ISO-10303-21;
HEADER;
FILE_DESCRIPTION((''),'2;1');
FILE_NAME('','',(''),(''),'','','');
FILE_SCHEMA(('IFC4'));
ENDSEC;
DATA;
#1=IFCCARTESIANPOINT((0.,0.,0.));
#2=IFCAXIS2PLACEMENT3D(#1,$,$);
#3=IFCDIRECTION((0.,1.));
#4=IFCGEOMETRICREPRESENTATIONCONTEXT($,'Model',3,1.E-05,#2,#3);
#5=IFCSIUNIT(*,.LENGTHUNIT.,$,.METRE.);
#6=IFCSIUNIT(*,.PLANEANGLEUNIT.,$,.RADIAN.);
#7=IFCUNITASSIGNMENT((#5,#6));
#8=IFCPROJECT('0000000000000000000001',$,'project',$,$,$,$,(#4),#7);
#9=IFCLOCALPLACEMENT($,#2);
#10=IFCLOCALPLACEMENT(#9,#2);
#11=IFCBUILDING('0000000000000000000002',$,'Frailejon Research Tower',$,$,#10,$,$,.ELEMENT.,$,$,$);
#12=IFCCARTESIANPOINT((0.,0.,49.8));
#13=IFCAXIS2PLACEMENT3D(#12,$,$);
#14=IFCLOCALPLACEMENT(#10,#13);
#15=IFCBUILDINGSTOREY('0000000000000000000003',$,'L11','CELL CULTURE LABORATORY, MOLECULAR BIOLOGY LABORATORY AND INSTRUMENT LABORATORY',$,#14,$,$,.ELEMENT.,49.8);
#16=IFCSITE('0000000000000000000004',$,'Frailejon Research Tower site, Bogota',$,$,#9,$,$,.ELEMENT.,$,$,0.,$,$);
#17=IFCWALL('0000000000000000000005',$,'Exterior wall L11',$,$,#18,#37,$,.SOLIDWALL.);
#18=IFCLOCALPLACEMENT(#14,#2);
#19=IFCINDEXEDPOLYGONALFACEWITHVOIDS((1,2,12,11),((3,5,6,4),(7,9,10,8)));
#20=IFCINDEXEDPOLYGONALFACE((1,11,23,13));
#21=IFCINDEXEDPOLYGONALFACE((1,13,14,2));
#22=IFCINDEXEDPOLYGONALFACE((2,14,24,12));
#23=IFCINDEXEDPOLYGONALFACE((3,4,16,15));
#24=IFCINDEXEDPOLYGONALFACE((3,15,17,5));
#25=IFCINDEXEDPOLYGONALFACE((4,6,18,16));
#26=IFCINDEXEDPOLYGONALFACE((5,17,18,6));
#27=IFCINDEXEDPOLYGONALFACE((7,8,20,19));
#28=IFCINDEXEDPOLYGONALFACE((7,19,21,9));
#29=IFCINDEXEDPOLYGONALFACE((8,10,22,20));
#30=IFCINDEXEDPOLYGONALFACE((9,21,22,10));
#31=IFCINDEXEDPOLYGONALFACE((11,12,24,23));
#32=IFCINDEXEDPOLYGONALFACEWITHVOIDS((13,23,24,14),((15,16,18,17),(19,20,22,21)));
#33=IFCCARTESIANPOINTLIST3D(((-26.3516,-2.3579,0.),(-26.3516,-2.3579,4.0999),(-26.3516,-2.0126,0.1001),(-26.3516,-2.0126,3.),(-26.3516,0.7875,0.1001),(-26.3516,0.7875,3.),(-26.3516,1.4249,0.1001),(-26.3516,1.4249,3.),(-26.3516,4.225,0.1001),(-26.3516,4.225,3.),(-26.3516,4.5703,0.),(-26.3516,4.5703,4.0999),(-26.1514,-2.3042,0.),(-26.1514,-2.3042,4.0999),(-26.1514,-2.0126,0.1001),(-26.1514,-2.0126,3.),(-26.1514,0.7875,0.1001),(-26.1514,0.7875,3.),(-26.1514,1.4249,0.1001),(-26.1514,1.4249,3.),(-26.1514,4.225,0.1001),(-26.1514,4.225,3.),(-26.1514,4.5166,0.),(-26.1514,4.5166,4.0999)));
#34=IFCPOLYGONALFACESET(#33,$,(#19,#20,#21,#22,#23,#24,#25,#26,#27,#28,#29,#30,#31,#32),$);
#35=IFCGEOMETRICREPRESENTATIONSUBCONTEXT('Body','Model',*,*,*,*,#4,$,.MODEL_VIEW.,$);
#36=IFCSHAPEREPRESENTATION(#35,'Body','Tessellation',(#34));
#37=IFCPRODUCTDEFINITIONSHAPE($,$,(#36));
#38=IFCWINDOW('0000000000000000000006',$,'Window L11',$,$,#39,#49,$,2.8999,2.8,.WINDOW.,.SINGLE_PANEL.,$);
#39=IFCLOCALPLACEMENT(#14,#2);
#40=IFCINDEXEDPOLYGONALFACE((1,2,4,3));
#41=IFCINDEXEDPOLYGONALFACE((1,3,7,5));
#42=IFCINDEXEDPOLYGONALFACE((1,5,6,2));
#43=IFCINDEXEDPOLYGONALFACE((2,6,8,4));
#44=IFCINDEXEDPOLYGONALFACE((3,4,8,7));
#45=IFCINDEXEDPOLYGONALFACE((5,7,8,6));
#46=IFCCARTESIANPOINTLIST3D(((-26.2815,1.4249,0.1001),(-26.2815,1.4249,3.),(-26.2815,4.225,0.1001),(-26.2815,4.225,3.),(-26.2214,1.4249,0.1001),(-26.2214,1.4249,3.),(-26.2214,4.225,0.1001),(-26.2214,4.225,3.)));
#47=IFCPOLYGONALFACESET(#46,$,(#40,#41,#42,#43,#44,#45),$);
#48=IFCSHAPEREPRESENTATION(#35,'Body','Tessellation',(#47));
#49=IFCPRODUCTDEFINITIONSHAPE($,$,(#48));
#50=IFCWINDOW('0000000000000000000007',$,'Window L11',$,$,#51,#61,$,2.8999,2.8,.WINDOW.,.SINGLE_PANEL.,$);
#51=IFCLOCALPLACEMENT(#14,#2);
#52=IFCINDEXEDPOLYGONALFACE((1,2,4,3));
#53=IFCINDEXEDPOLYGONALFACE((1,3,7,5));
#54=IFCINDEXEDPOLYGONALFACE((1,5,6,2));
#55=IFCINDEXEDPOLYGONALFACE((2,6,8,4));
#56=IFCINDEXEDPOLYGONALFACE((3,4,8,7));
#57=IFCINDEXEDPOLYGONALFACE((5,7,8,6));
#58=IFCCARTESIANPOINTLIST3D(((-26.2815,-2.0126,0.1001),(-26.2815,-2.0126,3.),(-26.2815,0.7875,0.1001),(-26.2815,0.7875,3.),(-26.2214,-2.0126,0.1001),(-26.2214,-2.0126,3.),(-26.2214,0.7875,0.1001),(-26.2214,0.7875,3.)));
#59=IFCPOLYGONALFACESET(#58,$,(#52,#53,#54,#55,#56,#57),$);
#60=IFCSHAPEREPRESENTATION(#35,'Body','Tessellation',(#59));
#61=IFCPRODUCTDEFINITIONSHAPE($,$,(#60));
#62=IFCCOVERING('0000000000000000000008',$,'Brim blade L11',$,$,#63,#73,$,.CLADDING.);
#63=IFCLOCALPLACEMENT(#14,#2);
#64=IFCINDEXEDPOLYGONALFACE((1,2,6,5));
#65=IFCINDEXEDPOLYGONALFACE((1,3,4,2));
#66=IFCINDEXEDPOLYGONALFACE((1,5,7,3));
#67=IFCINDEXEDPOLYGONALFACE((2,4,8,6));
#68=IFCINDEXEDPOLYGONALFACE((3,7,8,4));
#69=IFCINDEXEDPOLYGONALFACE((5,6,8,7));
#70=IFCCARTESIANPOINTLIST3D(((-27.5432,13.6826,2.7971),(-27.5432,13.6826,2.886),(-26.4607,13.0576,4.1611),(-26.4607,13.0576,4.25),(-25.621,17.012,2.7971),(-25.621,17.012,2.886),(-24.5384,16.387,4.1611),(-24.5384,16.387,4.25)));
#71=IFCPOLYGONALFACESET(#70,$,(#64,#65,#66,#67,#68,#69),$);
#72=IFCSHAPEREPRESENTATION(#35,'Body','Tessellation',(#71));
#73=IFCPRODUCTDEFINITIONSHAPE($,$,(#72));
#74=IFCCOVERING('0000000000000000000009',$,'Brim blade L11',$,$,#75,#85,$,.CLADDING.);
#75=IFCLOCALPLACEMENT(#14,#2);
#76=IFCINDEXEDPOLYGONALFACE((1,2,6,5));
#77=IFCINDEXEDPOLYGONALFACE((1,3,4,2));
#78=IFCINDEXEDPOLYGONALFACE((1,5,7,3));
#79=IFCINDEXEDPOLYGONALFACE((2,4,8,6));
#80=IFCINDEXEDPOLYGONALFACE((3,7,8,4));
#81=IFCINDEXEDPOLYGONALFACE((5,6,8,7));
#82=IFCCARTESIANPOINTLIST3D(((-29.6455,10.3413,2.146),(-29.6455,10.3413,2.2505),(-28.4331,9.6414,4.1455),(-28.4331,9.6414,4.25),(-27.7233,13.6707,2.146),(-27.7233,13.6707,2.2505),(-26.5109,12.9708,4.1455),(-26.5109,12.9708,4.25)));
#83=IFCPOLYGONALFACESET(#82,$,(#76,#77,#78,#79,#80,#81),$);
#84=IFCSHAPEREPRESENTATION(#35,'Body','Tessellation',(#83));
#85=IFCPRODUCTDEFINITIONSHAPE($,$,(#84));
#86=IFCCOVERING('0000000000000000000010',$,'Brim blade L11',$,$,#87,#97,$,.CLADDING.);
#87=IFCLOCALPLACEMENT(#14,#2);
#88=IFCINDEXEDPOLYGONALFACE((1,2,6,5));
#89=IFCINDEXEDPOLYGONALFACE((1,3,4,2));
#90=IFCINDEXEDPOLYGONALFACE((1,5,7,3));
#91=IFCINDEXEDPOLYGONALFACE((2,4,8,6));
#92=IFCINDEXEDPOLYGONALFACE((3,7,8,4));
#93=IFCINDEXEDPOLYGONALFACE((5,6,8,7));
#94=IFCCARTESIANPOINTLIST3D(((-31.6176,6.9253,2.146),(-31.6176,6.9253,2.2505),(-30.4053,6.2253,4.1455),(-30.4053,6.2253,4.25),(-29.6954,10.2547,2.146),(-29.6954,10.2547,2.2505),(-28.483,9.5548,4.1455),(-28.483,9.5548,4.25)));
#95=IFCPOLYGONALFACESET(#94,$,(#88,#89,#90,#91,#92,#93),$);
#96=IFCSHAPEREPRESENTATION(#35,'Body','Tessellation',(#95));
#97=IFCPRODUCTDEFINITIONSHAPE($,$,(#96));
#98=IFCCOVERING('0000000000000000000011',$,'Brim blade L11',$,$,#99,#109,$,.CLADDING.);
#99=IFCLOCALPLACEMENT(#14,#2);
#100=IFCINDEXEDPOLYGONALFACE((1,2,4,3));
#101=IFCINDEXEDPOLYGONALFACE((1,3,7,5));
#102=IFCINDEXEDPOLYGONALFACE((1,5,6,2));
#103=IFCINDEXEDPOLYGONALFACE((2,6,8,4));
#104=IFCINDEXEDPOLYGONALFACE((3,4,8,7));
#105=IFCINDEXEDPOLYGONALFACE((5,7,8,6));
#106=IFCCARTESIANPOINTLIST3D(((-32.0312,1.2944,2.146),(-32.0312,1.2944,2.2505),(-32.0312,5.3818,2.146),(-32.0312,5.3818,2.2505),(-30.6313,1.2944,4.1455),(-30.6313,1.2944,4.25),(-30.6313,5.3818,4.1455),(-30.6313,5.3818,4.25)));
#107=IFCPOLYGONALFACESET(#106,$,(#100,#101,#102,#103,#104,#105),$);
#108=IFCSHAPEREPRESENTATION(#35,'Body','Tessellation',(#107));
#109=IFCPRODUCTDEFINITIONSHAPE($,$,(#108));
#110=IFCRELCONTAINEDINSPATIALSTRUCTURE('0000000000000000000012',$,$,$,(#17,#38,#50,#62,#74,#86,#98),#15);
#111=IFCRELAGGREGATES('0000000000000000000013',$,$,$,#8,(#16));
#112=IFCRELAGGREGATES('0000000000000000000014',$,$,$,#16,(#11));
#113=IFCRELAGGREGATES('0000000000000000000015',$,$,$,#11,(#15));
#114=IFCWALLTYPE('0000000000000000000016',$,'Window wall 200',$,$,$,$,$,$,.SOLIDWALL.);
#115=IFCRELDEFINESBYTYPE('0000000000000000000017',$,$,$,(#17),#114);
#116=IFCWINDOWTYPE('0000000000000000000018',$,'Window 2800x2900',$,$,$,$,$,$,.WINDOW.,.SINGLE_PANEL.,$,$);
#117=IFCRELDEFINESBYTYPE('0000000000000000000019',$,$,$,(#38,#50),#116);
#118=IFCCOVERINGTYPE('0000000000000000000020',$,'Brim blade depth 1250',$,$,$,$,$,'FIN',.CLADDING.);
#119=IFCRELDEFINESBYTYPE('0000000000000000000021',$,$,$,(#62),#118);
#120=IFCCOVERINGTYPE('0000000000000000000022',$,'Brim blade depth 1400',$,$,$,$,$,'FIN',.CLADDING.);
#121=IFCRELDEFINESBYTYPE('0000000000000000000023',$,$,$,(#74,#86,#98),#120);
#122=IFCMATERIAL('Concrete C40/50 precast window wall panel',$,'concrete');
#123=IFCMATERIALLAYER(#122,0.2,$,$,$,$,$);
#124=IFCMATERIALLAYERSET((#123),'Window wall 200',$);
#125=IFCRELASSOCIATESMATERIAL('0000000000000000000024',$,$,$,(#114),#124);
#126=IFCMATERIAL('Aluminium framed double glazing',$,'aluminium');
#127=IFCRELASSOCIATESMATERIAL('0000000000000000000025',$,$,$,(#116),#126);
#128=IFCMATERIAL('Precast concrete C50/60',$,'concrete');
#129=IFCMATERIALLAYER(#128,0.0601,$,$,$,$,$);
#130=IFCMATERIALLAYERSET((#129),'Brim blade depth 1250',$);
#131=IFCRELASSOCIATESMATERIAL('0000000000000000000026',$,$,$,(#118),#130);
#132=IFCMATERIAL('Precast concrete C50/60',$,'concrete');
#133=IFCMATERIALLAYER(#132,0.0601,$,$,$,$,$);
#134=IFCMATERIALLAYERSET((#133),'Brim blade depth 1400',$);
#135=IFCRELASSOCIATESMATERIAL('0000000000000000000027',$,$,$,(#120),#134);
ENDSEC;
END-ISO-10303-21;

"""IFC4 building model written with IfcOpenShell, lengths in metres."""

from ifc_helpers import new_model, si_unit, direction, frame, frame_2d, origin, place, context, subcontext, project, spatial, polyline, rectangle, outline, extrude, material, layer, layer_set, type_object, element, fill, save


model = new_model("IFC4")

# Units and contexts
model_context = context("Model", 3, precision=1e-05, world=origin(), true_north=direction((0.0, 1.0)))
body_context = subcontext(model_context, "Body", "Model", "MODEL_VIEW")
ifc_project = project(units=[si_unit("LENGTHUNIT", "METRE"), si_unit("PLANEANGLEUNIT", "RADIAN")], contexts=[model_context])

# Site, building, storey
site_placement = place(None, origin())
site = spatial("IfcSite", under=ifc_project, at=site_placement, Name="Frailejon Research Tower site, Bogota", CompositionType="ELEMENT", RefElevation=0.0)
building_placement = place(site_placement, origin())
building = spatial("IfcBuilding", under=site, at=building_placement, Name="Frailejon Research Tower", CompositionType="ELEMENT")
storey_placement = place(building_placement, frame((0.0, 0.0, 49.8)))
storey = spatial("IfcBuildingStorey", under=building, at=storey_placement, Name="L11", Description="CELL CULTURE LABORATORY, MOLECULAR BIOLOGY LABORATORY AND INSTRUMENT LABORATORY", CompositionType="ELEMENT", Elevation=49.8)

# Wall, openings, windows
ifc_material_1 = material(Name="Concrete C40/50 precast window wall panel", Category="concrete")
ifc_layer_1 = layer(ifc_material_1, 0.2)
ifc_layer_set_1 = layer_set([ifc_layer_1], Name="Window wall 200")
wall_type_1 = type_object("IfcWallType", Name="Window wall 200", PredefinedType="SOLIDWALL", material=ifc_layer_set_1)
wall_1_placement = place(storey_placement, frame((-26.2515, 4.5435, 0.0), z_axis=(0.0, 0.0, 1.0), x_axis=(0.0, -1.0, 0.0)))
wall_1 = element("IfcWall", 1, at=wall_1_placement, inside=storey, type_object=wall_type_1, Name="Exterior wall L11", PredefinedType="SOLIDWALL", context=body_context, shape_type="SweptSolid", body=[
    extrude(outline(polyline([(-0.0269, -0.1001), (1.1279, -0.1001), (2.2825, -0.1001), (3.4373, -0.1001), (4.592, -0.1001), (5.7466, -0.1001), (6.9014, -0.1001), (6.8477, 0.1001), (5.7109, 0.1001), (4.574, 0.1001), (3.4373, 0.1001), (2.3005, 0.1001), (1.1636, 0.1001), (0.0269, 0.1001), (-0.0269, -0.1001)])), origin(), (0.0, 0.0, 1.0), 4.0999),
])
opening_1_placement = place(wall_1_placement, frame((0.3186, 0.0, 0.1001)))
opening_1 = element("IfcOpeningElement", 2, at=opening_1_placement, cuts=wall_1, PredefinedType="OPENING", context=body_context, shape_type="SweptSolid", body=[
    extrude(rectangle(XDim=2.8, YDim=2.8999, at=frame_2d((1.3999, 1.45))), frame((0.0, 0.1099, 0.0), z_axis=(0.0, -1.0, 0.0), x_axis=(1.0, 0.0, 0.0)), (0.0, 0.0, 1.0), 0.22),
])
opening_2_placement = place(wall_1_placement, frame((3.7561, 0.0, 0.1001)))
opening_2 = element("IfcOpeningElement", 3, at=opening_2_placement, cuts=wall_1, PredefinedType="OPENING", context=body_context, shape_type="SweptSolid", body=[
    extrude(rectangle(XDim=2.8, YDim=2.8999, at=frame_2d((1.3999, 1.45))), frame((0.0, 0.1099, 0.0), z_axis=(0.0, -1.0, 0.0), x_axis=(1.0, 0.0, 0.0)), (0.0, 0.0, 1.0), 0.22),
])
ifc_material_2 = material(Name="Aluminium framed double glazing", Category="aluminium")
window_type = type_object("IfcWindowType", Name="Window 2800x2900", PartitioningType="SINGLE_PANEL", PredefinedType="WINDOW", material=ifc_material_2)
window_1_placement = place(opening_1_placement, origin())
window_1 = element("IfcWindow", 4, at=window_1_placement, inside=storey, type_object=window_type, Name="Window L11", OverallHeight=2.8999, OverallWidth=2.8, PartitioningType="SINGLE_PANEL", PredefinedType="WINDOW", context=body_context, shape_type="SweptSolid", body=[
    extrude(rectangle(XDim=2.8, YDim=2.8999, at=frame_2d((1.3999, 1.45))), frame((0.0, 0.03, 0.0), z_axis=(0.0, -1.0, 0.0), x_axis=(1.0, 0.0, 0.0)), (0.0, 0.0, 1.0), 0.0601),
])
fill(opening_1, window_1)
window_2_placement = place(opening_2_placement, origin())
window_2 = element("IfcWindow", 5, at=window_2_placement, inside=storey, type_object=window_type, Name="Window L11", OverallHeight=2.8999, OverallWidth=2.8, PartitioningType="SINGLE_PANEL", PredefinedType="WINDOW", context=body_context, shape_type="SweptSolid", body=[
    extrude(rectangle(XDim=2.8, YDim=2.8999, at=frame_2d((1.3999, 1.45))), frame((0.0, 0.03, 0.0), z_axis=(0.0, -1.0, 0.0), x_axis=(1.0, 0.0, 0.0)), (0.0, 0.0, 1.0), 0.0601),
])
fill(opening_2, window_2)

# Coverings
ifc_material_3 = material(Name="Precast concrete C50/60", Category="concrete")
ifc_layer_2 = layer(ifc_material_3, 0.0601)
ifc_layer_set_2 = layer_set([ifc_layer_2], Name="Brim blade depth 1250")
covering_type_1 = type_object("IfcCoveringType", Name="Brim blade depth 1250", ElementType="FIN", PredefinedType="CLADDING", material=ifc_layer_set_2)
covering_1_placement = place(storey_placement, frame((-26.4607, 13.0576, 4.25), z_axis=(0.500003, 0.866024, 0.0), x_axis=(-0.866024, 0.500003, 0.0)))
element("IfcCovering", 6, at=covering_1_placement, inside=storey, type_object=covering_type_1, Name="Brim blade L11", PredefinedType="CLADDING", context=body_context, shape_type="SweptSolid", body=[
    extrude(outline(polyline([(0.0, -0.0889), (1.25, -1.4529), (1.25, -1.364), (0.0, 0.0), (0.0, -0.0889)])), origin(), (0.0, 0.0, 1.0), 3.8445),
])
ifc_material_4 = material(Name="Precast concrete C50/60", Category="concrete")
ifc_layer_3 = layer(ifc_material_4, 0.0601)
ifc_layer_set_3 = layer_set([ifc_layer_3], Name="Brim blade depth 1400")
covering_type_2 = type_object("IfcCoveringType", Name="Brim blade depth 1400", ElementType="FIN", PredefinedType="CLADDING", material=ifc_layer_set_3)
for number, where, z_axis, x_axis, name in (
    (7, (-28.4331, 9.6414, 4.25), (0.499984, 0.866035, 0.0), (-0.866035, 0.499984, 0.0), "Brim blade L11"),
    (8, (-30.4053, 6.2253, 4.25), (0.500003, 0.866024, 0.0), (-0.866024, 0.500003, 0.0), "Brim blade L11"),
):
    element("IfcCovering", number, at=place(storey_placement, frame(where, z_axis=z_axis, x_axis=x_axis)), inside=storey, type_object=covering_type_2, Name=name, PredefinedType="CLADDING", context=body_context, shape_type="SweptSolid", body=[
        extrude(outline(polyline([(0.0, -0.1045), (1.3999, -2.104), (1.3999, -1.9995), (0.0, 0.0), (0.0, -0.1045)])), origin(), (0.0, 0.0, 1.0), 3.8445),
    ])
covering_2_placement = place(storey_placement, frame((-30.6313, 1.2944, 4.25), z_axis=(0.0, 1.0, 0.0), x_axis=(-1.0, 0.0, 0.0)))
element("IfcCovering", 9, at=covering_2_placement, inside=storey, type_object=covering_type_2, Name="Brim blade L11", PredefinedType="CLADDING", context=body_context, shape_type="SweptSolid", body=[
    extrude(outline(polyline([(0.0, -0.1045), (1.3999, -2.104), (1.3999, -1.9995), (0.0, 0.0), (0.0, -0.1045)])), origin(), (0.0, 0.0, 1.0), 4.0874),
])

save(model, "model.ifc")
